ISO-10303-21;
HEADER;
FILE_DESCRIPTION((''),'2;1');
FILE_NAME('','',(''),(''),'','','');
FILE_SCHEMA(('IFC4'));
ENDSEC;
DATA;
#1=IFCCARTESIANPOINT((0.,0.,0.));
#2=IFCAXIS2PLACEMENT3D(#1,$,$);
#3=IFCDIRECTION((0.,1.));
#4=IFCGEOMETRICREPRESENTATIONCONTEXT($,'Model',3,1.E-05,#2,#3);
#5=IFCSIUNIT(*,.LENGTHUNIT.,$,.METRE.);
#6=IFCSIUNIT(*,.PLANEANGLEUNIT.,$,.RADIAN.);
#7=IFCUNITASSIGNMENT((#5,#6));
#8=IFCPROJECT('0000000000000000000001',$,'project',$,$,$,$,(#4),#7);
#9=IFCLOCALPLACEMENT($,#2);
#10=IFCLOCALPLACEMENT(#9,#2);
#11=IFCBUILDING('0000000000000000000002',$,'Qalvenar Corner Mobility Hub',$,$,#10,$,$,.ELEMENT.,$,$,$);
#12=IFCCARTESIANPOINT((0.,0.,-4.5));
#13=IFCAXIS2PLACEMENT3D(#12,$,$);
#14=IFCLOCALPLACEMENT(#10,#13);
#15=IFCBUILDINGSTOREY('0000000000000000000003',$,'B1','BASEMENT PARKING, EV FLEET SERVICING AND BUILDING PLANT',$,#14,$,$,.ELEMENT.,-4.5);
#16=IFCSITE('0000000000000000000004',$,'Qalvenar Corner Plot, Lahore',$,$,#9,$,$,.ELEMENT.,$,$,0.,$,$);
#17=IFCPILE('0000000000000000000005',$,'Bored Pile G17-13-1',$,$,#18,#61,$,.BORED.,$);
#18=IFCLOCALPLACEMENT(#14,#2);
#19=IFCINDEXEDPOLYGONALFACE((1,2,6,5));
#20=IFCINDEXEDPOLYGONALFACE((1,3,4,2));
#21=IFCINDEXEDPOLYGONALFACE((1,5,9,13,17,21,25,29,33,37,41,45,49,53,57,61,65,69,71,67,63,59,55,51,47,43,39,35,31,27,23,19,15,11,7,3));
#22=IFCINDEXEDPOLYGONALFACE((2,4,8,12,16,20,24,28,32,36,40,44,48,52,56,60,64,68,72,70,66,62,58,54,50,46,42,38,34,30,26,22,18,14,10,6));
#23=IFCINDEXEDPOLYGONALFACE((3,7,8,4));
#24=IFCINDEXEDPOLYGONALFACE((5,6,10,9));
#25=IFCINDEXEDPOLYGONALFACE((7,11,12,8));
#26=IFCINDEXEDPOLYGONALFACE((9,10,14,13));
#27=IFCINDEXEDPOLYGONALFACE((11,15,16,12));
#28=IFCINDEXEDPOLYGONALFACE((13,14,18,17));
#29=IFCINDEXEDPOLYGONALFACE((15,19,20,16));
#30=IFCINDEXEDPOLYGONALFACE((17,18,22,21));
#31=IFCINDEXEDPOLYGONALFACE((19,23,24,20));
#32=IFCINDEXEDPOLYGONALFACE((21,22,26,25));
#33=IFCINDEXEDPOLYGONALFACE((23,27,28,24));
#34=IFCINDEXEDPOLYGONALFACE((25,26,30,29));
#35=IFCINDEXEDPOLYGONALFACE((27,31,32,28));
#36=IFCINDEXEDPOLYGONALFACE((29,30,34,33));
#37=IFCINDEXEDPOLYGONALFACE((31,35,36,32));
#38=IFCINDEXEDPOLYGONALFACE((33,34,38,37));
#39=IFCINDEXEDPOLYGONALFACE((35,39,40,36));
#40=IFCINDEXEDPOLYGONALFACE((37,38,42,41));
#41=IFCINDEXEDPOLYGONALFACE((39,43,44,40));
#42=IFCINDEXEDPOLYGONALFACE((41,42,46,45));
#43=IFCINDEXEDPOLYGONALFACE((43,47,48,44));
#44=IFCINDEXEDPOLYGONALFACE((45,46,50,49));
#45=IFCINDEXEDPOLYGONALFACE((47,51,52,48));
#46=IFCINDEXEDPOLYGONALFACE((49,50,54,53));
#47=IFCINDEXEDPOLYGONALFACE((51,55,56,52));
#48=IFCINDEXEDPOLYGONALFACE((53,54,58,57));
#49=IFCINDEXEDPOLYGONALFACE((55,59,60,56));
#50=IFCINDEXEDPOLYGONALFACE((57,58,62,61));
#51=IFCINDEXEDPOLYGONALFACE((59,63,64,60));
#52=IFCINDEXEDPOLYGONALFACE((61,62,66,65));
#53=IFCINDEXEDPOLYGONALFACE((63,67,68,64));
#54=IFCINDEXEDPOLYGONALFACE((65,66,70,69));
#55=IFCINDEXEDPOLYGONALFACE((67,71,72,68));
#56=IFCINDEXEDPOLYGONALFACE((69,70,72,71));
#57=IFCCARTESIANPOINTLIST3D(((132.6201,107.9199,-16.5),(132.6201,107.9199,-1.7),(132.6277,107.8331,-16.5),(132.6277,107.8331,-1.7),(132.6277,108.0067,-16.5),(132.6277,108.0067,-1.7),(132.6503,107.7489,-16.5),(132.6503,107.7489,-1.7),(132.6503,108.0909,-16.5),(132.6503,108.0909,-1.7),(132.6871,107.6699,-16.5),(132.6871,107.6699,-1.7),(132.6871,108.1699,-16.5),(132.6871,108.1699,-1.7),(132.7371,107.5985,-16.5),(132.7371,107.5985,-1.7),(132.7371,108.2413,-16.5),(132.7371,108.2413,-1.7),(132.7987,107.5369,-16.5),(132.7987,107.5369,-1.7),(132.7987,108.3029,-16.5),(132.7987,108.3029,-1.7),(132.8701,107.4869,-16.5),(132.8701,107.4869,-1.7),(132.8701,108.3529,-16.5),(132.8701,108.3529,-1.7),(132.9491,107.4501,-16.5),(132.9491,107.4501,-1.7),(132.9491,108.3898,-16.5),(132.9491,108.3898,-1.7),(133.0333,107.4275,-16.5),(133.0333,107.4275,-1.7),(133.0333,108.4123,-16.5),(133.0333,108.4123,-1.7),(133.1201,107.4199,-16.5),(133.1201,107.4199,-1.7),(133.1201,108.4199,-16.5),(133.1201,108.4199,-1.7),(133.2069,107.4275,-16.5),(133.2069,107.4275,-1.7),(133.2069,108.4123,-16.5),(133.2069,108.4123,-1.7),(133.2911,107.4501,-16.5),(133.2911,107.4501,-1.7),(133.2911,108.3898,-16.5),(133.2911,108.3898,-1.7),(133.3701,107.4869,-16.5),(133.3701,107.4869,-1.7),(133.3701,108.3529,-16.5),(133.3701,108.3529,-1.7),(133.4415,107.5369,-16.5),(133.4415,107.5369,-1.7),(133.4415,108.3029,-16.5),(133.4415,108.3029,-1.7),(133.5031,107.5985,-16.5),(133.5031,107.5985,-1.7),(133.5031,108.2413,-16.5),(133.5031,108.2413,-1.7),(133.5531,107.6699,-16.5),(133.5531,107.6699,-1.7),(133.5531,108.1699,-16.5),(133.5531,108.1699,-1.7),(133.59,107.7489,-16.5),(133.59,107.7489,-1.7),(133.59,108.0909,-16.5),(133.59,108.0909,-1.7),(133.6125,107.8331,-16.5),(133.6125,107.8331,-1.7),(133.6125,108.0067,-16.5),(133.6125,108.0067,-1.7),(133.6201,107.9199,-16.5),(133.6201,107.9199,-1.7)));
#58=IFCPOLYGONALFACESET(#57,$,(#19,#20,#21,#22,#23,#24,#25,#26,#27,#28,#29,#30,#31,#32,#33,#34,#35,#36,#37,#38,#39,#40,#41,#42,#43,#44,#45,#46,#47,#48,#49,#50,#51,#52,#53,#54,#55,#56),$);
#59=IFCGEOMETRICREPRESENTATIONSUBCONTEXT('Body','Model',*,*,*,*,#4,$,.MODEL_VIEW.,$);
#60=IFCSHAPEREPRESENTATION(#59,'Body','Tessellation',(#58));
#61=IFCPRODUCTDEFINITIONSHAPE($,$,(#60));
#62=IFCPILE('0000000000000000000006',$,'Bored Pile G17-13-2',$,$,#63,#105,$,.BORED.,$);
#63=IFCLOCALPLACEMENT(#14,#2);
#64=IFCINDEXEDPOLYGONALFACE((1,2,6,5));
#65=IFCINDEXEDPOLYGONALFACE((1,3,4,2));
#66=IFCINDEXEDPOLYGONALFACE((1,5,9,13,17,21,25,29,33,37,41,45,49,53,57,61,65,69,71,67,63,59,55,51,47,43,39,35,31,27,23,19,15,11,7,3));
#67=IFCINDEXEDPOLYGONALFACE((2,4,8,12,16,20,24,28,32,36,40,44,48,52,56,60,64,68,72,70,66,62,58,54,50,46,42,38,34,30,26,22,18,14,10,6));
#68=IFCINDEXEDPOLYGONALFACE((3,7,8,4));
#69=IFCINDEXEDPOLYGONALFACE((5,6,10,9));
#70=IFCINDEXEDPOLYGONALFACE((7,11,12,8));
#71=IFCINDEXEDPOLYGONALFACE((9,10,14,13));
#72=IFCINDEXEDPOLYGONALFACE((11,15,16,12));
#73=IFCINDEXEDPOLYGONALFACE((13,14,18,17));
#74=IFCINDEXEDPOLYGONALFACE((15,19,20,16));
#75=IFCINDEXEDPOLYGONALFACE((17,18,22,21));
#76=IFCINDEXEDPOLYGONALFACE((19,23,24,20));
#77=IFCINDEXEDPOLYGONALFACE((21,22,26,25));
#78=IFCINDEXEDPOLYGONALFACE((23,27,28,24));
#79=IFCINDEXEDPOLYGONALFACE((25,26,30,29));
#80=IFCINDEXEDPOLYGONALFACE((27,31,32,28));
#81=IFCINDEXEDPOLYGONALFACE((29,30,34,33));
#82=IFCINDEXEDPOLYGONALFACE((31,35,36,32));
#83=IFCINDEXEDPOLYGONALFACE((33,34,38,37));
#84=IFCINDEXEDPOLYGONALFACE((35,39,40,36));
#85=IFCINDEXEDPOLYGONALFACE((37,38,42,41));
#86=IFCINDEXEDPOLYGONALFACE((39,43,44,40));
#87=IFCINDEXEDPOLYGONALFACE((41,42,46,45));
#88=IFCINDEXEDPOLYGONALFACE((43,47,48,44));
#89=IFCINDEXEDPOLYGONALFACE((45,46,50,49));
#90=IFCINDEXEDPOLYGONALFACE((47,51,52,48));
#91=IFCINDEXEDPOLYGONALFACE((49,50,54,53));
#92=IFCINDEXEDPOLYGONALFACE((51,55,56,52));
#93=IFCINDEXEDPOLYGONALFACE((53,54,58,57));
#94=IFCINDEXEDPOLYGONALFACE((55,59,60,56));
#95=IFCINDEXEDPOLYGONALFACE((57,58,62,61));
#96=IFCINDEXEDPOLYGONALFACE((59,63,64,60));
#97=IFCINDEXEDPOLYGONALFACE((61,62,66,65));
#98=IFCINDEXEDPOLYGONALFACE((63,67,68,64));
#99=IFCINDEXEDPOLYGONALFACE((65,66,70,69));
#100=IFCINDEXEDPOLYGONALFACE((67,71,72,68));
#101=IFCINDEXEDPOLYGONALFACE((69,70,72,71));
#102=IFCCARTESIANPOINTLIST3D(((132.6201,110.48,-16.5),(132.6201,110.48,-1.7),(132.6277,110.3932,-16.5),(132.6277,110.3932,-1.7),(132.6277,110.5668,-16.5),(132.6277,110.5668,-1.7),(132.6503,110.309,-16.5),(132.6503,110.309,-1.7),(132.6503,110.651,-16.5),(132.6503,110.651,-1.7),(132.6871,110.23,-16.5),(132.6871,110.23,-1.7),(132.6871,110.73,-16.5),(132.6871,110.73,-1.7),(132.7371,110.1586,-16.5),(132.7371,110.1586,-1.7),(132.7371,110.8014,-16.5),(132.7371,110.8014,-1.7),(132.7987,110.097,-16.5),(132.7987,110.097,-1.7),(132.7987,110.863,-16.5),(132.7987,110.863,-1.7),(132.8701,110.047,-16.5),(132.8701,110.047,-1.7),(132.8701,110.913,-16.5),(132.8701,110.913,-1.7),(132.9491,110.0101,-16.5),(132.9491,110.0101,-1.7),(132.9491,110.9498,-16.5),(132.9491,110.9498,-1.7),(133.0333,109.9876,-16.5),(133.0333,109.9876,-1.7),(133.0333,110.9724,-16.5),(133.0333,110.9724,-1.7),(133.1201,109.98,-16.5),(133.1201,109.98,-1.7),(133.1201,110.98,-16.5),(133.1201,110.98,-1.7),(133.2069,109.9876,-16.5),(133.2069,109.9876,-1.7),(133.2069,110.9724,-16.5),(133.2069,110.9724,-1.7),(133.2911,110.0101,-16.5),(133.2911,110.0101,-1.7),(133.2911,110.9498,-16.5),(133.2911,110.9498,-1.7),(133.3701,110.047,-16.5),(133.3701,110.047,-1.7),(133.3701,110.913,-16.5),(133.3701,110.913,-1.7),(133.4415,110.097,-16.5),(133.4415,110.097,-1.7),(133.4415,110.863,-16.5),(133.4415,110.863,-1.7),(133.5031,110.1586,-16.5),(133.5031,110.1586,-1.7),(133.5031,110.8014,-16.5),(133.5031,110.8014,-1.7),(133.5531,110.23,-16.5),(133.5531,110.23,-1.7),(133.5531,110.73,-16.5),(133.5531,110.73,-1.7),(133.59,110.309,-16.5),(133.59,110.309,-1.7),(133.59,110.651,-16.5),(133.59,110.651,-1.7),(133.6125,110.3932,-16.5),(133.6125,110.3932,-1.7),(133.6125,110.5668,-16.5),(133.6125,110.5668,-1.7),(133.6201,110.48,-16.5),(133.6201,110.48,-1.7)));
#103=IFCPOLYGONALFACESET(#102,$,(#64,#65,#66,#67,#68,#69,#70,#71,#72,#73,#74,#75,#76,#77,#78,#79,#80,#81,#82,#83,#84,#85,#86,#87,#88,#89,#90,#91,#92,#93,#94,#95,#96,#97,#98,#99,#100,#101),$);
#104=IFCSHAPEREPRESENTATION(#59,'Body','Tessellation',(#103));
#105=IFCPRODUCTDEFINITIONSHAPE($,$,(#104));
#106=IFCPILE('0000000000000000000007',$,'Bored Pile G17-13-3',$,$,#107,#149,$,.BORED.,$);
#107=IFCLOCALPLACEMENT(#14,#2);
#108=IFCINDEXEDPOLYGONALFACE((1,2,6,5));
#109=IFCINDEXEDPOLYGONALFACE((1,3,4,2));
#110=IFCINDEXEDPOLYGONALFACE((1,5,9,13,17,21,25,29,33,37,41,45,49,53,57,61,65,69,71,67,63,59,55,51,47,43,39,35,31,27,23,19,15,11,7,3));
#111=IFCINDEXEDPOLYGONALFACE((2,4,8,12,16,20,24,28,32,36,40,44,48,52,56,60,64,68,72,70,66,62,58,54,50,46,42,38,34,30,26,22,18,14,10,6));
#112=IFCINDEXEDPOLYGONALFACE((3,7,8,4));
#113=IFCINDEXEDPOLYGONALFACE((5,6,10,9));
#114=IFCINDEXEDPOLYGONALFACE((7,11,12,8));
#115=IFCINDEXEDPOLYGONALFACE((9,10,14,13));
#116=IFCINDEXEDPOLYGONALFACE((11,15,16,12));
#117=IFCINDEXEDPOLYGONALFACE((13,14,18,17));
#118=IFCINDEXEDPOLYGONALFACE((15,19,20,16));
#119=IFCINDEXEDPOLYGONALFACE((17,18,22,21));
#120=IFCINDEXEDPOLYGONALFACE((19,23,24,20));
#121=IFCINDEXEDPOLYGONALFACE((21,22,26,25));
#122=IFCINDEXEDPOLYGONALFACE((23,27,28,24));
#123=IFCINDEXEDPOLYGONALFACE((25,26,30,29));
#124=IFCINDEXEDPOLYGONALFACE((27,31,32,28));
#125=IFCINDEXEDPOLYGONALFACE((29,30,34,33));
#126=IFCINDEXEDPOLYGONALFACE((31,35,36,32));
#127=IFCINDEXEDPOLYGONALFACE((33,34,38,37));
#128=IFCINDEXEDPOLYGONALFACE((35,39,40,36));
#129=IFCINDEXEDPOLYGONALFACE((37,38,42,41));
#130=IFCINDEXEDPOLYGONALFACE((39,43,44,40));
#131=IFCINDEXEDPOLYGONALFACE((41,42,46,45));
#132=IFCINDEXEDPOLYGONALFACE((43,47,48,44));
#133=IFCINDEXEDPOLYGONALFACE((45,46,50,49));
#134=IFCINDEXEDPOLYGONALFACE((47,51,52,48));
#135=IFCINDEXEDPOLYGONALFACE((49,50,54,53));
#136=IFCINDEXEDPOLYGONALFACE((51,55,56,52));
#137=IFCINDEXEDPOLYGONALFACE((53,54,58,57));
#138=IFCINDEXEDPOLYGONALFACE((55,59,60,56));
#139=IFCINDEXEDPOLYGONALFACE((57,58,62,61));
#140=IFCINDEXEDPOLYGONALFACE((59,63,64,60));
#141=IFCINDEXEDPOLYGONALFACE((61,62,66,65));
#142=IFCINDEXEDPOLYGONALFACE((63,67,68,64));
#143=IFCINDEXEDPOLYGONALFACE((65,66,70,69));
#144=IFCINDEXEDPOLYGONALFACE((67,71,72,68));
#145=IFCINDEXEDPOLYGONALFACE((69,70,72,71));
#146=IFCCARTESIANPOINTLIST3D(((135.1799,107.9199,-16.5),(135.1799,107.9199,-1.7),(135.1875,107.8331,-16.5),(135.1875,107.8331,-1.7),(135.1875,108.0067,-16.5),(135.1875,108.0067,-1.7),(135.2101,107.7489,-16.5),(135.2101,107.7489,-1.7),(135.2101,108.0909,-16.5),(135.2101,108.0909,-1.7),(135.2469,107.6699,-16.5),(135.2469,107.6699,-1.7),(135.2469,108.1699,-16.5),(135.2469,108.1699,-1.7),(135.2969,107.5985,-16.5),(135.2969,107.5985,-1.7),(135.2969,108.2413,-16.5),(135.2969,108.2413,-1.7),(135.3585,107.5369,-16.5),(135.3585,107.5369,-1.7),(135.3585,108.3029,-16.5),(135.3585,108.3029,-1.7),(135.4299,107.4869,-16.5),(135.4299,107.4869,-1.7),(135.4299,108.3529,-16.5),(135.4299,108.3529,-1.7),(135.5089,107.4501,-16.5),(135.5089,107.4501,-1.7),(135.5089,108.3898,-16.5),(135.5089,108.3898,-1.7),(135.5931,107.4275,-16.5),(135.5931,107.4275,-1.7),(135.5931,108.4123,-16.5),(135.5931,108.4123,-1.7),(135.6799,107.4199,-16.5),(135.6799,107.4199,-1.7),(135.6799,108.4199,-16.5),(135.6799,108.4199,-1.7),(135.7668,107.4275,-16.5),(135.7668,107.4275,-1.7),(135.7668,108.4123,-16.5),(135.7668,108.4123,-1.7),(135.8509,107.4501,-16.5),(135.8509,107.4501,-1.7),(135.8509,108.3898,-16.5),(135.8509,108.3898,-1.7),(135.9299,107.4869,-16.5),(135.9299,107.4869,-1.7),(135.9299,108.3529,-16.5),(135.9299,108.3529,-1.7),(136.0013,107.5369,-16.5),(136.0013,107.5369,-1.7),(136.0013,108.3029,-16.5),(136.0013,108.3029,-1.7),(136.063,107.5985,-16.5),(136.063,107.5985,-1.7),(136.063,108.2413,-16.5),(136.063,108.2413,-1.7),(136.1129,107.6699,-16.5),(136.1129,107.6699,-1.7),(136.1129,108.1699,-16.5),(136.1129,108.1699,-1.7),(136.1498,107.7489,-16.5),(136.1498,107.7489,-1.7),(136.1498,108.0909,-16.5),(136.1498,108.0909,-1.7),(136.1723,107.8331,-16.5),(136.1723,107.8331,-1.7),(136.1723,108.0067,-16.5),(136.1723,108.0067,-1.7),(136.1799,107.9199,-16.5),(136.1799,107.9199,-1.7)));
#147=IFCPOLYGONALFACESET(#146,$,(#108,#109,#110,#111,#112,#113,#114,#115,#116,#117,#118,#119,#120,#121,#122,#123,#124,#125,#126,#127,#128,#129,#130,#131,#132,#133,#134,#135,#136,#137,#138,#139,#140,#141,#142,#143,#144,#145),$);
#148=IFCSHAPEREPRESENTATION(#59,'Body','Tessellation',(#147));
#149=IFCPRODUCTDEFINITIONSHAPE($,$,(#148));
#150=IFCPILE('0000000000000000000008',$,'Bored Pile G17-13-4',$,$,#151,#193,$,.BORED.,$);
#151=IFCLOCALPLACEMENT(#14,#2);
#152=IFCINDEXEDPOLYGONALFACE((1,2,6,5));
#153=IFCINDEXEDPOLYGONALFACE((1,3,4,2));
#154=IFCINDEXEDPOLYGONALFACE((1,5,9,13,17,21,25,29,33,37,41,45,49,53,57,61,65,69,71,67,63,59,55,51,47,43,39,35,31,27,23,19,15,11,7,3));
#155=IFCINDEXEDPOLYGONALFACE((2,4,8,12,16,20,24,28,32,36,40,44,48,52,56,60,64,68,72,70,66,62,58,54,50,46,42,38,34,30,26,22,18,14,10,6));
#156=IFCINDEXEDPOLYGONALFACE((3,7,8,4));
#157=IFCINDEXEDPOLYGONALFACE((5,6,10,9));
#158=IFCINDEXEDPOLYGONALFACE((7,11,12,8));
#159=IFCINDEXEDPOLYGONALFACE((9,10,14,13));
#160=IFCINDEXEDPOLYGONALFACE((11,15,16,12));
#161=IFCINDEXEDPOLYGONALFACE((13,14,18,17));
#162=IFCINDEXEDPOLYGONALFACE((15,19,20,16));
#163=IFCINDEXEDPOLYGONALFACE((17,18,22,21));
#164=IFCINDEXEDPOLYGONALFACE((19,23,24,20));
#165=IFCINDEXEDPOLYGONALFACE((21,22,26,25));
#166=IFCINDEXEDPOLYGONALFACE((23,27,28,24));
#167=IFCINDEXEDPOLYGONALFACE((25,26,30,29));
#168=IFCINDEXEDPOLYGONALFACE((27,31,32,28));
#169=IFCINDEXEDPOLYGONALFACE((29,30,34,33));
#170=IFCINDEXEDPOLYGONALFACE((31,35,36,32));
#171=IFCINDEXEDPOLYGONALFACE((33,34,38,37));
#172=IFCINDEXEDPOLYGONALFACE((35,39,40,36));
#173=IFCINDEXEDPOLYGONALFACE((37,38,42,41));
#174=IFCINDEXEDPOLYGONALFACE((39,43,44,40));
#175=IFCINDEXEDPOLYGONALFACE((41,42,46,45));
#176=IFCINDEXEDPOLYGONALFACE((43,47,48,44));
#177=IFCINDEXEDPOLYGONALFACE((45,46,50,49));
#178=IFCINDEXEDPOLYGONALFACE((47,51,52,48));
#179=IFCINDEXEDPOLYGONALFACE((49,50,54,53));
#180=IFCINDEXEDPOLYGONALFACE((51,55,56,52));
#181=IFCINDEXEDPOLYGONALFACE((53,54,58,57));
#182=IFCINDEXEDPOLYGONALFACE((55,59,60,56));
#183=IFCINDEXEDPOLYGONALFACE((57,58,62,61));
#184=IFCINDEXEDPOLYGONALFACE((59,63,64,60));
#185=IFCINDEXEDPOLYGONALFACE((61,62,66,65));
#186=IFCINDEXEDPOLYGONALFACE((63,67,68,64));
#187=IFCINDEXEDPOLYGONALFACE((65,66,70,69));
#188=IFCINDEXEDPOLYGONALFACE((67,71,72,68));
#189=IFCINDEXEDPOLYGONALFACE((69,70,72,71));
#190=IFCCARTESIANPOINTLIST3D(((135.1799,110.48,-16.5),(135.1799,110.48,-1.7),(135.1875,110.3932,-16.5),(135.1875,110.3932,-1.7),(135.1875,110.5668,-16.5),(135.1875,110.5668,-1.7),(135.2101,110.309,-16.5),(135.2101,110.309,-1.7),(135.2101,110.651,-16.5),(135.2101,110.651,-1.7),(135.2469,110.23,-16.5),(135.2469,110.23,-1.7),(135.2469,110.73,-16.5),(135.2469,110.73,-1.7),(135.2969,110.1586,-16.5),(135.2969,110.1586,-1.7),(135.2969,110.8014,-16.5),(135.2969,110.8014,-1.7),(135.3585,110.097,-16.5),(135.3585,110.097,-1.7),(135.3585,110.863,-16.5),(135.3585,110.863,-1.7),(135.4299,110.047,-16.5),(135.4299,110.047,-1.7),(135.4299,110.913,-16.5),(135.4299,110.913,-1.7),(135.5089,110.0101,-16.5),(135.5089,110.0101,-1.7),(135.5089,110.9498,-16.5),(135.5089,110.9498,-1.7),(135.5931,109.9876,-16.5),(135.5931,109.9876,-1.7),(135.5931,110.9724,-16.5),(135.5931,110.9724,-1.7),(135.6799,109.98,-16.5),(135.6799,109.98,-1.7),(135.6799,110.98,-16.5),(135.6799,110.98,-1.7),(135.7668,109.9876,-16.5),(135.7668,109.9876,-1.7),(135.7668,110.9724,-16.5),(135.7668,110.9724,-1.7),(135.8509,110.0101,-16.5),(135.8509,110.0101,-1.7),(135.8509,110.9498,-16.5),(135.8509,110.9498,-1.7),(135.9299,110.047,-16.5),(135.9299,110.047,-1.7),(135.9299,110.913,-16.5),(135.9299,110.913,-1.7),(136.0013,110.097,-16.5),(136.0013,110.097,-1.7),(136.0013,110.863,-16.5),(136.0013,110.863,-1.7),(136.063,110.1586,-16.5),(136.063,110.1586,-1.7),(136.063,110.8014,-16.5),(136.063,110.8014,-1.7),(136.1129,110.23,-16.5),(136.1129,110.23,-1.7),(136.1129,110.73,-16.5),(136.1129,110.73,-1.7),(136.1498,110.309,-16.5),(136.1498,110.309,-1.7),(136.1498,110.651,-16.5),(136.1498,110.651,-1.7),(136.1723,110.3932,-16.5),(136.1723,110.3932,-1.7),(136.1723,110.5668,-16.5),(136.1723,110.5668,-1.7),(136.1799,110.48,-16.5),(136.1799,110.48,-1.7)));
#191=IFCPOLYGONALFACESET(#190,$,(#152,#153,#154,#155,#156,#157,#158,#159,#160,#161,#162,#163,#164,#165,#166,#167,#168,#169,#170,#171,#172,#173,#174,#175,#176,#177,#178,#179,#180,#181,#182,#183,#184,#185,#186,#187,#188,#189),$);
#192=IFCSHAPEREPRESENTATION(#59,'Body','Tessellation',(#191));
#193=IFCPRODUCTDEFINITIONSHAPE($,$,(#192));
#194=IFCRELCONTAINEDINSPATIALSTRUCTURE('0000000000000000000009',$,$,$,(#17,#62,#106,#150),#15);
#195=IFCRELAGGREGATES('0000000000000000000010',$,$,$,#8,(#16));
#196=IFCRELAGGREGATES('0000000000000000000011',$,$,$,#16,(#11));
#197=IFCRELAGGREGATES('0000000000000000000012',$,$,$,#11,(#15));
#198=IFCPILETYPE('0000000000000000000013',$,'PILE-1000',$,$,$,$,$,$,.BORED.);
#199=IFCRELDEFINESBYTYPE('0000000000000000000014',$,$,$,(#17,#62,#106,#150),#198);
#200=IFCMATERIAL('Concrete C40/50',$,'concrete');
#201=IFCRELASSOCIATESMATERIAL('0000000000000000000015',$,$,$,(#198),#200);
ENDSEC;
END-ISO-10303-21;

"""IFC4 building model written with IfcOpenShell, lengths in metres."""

from ifc_helpers import new_model, si_unit, direction, frame, origin, origin_2d, place, context, subcontext, project, spatial, circle, extrude, material, material_profile, profile_set, type_object, element, save


model = new_model("IFC4")

# Units and contexts
model_context = context("Model", 3, precision=1e-05, world=origin(), true_north=direction((0.0, 1.0)))
body_context = subcontext(model_context, "Body", "Model", "MODEL_VIEW")
ifc_project = project(units=[si_unit("LENGTHUNIT", "METRE"), si_unit("PLANEANGLEUNIT", "RADIAN")], contexts=[model_context])

# Site, building, storey
site_placement = place(None, origin())
site = spatial("IfcSite", under=ifc_project, at=site_placement, Name="Qalvenar Corner Plot, Lahore", CompositionType="ELEMENT", RefElevation=0.0)
building_placement = place(site_placement, origin())
building = spatial("IfcBuilding", under=site, at=building_placement, Name="Qalvenar Corner Mobility Hub", CompositionType="ELEMENT")
storey_placement = place(building_placement, frame((0.0, 0.0, -4.5)))
storey = spatial("IfcBuildingStorey", under=building, at=storey_placement, Name="B1", Description="BASEMENT PARKING, EV FLEET SERVICING AND BUILDING PLANT", CompositionType="ELEMENT", Elevation=-4.5)

# Shared definitions
ifc_material_1 = material(Name="Concrete C40/50", Category="concrete")

# Piles
ifc_material_profile_1 = material_profile(ifc_material_1, circle(Radius=0.5, at=origin_2d()), Name="DIA1000")
ifc_profile_set_1 = profile_set([ifc_material_profile_1], Name="Concrete C40/50")
pile_type = type_object("IfcPileType", Name="PILE-1000", PredefinedType="BORED", material=ifc_profile_set_1)
for number, where, z_axis, x_axis, name in (
    (1, (133.1201, 107.9199, -1.7), (0.0, 0.0, -1.0), (1.0, 0.0, 0.0), "Bored Pile G17-13-1"),
    (2, (133.1201, 110.48, -1.7), (0.0, 0.0, -1.0), (1.0, 0.0, 0.0), "Bored Pile G17-13-2"),
    (3, (135.6799, 107.9199, -1.7), (0.0, 0.0, -1.0), (1.0, 0.0, 0.0), "Bored Pile G17-13-3"),
    (4, (135.6799, 110.48, -1.7), (0.0, 0.0, -1.0), (1.0, 0.0, 0.0), "Bored Pile G17-13-4"),
):
    element("IfcPile", number, at=place(storey_placement, frame(where, z_axis=z_axis, x_axis=x_axis)), inside=storey, type_object=pile_type, Name=name, PredefinedType="BORED", context=body_context, shape_type="SweptSolid", body=[
        extrude(circle(Radius=0.5, at=origin_2d()), origin(), (0.0, 0.0, 1.0), 14.8),
    ])

save(model, "model.ifc")
